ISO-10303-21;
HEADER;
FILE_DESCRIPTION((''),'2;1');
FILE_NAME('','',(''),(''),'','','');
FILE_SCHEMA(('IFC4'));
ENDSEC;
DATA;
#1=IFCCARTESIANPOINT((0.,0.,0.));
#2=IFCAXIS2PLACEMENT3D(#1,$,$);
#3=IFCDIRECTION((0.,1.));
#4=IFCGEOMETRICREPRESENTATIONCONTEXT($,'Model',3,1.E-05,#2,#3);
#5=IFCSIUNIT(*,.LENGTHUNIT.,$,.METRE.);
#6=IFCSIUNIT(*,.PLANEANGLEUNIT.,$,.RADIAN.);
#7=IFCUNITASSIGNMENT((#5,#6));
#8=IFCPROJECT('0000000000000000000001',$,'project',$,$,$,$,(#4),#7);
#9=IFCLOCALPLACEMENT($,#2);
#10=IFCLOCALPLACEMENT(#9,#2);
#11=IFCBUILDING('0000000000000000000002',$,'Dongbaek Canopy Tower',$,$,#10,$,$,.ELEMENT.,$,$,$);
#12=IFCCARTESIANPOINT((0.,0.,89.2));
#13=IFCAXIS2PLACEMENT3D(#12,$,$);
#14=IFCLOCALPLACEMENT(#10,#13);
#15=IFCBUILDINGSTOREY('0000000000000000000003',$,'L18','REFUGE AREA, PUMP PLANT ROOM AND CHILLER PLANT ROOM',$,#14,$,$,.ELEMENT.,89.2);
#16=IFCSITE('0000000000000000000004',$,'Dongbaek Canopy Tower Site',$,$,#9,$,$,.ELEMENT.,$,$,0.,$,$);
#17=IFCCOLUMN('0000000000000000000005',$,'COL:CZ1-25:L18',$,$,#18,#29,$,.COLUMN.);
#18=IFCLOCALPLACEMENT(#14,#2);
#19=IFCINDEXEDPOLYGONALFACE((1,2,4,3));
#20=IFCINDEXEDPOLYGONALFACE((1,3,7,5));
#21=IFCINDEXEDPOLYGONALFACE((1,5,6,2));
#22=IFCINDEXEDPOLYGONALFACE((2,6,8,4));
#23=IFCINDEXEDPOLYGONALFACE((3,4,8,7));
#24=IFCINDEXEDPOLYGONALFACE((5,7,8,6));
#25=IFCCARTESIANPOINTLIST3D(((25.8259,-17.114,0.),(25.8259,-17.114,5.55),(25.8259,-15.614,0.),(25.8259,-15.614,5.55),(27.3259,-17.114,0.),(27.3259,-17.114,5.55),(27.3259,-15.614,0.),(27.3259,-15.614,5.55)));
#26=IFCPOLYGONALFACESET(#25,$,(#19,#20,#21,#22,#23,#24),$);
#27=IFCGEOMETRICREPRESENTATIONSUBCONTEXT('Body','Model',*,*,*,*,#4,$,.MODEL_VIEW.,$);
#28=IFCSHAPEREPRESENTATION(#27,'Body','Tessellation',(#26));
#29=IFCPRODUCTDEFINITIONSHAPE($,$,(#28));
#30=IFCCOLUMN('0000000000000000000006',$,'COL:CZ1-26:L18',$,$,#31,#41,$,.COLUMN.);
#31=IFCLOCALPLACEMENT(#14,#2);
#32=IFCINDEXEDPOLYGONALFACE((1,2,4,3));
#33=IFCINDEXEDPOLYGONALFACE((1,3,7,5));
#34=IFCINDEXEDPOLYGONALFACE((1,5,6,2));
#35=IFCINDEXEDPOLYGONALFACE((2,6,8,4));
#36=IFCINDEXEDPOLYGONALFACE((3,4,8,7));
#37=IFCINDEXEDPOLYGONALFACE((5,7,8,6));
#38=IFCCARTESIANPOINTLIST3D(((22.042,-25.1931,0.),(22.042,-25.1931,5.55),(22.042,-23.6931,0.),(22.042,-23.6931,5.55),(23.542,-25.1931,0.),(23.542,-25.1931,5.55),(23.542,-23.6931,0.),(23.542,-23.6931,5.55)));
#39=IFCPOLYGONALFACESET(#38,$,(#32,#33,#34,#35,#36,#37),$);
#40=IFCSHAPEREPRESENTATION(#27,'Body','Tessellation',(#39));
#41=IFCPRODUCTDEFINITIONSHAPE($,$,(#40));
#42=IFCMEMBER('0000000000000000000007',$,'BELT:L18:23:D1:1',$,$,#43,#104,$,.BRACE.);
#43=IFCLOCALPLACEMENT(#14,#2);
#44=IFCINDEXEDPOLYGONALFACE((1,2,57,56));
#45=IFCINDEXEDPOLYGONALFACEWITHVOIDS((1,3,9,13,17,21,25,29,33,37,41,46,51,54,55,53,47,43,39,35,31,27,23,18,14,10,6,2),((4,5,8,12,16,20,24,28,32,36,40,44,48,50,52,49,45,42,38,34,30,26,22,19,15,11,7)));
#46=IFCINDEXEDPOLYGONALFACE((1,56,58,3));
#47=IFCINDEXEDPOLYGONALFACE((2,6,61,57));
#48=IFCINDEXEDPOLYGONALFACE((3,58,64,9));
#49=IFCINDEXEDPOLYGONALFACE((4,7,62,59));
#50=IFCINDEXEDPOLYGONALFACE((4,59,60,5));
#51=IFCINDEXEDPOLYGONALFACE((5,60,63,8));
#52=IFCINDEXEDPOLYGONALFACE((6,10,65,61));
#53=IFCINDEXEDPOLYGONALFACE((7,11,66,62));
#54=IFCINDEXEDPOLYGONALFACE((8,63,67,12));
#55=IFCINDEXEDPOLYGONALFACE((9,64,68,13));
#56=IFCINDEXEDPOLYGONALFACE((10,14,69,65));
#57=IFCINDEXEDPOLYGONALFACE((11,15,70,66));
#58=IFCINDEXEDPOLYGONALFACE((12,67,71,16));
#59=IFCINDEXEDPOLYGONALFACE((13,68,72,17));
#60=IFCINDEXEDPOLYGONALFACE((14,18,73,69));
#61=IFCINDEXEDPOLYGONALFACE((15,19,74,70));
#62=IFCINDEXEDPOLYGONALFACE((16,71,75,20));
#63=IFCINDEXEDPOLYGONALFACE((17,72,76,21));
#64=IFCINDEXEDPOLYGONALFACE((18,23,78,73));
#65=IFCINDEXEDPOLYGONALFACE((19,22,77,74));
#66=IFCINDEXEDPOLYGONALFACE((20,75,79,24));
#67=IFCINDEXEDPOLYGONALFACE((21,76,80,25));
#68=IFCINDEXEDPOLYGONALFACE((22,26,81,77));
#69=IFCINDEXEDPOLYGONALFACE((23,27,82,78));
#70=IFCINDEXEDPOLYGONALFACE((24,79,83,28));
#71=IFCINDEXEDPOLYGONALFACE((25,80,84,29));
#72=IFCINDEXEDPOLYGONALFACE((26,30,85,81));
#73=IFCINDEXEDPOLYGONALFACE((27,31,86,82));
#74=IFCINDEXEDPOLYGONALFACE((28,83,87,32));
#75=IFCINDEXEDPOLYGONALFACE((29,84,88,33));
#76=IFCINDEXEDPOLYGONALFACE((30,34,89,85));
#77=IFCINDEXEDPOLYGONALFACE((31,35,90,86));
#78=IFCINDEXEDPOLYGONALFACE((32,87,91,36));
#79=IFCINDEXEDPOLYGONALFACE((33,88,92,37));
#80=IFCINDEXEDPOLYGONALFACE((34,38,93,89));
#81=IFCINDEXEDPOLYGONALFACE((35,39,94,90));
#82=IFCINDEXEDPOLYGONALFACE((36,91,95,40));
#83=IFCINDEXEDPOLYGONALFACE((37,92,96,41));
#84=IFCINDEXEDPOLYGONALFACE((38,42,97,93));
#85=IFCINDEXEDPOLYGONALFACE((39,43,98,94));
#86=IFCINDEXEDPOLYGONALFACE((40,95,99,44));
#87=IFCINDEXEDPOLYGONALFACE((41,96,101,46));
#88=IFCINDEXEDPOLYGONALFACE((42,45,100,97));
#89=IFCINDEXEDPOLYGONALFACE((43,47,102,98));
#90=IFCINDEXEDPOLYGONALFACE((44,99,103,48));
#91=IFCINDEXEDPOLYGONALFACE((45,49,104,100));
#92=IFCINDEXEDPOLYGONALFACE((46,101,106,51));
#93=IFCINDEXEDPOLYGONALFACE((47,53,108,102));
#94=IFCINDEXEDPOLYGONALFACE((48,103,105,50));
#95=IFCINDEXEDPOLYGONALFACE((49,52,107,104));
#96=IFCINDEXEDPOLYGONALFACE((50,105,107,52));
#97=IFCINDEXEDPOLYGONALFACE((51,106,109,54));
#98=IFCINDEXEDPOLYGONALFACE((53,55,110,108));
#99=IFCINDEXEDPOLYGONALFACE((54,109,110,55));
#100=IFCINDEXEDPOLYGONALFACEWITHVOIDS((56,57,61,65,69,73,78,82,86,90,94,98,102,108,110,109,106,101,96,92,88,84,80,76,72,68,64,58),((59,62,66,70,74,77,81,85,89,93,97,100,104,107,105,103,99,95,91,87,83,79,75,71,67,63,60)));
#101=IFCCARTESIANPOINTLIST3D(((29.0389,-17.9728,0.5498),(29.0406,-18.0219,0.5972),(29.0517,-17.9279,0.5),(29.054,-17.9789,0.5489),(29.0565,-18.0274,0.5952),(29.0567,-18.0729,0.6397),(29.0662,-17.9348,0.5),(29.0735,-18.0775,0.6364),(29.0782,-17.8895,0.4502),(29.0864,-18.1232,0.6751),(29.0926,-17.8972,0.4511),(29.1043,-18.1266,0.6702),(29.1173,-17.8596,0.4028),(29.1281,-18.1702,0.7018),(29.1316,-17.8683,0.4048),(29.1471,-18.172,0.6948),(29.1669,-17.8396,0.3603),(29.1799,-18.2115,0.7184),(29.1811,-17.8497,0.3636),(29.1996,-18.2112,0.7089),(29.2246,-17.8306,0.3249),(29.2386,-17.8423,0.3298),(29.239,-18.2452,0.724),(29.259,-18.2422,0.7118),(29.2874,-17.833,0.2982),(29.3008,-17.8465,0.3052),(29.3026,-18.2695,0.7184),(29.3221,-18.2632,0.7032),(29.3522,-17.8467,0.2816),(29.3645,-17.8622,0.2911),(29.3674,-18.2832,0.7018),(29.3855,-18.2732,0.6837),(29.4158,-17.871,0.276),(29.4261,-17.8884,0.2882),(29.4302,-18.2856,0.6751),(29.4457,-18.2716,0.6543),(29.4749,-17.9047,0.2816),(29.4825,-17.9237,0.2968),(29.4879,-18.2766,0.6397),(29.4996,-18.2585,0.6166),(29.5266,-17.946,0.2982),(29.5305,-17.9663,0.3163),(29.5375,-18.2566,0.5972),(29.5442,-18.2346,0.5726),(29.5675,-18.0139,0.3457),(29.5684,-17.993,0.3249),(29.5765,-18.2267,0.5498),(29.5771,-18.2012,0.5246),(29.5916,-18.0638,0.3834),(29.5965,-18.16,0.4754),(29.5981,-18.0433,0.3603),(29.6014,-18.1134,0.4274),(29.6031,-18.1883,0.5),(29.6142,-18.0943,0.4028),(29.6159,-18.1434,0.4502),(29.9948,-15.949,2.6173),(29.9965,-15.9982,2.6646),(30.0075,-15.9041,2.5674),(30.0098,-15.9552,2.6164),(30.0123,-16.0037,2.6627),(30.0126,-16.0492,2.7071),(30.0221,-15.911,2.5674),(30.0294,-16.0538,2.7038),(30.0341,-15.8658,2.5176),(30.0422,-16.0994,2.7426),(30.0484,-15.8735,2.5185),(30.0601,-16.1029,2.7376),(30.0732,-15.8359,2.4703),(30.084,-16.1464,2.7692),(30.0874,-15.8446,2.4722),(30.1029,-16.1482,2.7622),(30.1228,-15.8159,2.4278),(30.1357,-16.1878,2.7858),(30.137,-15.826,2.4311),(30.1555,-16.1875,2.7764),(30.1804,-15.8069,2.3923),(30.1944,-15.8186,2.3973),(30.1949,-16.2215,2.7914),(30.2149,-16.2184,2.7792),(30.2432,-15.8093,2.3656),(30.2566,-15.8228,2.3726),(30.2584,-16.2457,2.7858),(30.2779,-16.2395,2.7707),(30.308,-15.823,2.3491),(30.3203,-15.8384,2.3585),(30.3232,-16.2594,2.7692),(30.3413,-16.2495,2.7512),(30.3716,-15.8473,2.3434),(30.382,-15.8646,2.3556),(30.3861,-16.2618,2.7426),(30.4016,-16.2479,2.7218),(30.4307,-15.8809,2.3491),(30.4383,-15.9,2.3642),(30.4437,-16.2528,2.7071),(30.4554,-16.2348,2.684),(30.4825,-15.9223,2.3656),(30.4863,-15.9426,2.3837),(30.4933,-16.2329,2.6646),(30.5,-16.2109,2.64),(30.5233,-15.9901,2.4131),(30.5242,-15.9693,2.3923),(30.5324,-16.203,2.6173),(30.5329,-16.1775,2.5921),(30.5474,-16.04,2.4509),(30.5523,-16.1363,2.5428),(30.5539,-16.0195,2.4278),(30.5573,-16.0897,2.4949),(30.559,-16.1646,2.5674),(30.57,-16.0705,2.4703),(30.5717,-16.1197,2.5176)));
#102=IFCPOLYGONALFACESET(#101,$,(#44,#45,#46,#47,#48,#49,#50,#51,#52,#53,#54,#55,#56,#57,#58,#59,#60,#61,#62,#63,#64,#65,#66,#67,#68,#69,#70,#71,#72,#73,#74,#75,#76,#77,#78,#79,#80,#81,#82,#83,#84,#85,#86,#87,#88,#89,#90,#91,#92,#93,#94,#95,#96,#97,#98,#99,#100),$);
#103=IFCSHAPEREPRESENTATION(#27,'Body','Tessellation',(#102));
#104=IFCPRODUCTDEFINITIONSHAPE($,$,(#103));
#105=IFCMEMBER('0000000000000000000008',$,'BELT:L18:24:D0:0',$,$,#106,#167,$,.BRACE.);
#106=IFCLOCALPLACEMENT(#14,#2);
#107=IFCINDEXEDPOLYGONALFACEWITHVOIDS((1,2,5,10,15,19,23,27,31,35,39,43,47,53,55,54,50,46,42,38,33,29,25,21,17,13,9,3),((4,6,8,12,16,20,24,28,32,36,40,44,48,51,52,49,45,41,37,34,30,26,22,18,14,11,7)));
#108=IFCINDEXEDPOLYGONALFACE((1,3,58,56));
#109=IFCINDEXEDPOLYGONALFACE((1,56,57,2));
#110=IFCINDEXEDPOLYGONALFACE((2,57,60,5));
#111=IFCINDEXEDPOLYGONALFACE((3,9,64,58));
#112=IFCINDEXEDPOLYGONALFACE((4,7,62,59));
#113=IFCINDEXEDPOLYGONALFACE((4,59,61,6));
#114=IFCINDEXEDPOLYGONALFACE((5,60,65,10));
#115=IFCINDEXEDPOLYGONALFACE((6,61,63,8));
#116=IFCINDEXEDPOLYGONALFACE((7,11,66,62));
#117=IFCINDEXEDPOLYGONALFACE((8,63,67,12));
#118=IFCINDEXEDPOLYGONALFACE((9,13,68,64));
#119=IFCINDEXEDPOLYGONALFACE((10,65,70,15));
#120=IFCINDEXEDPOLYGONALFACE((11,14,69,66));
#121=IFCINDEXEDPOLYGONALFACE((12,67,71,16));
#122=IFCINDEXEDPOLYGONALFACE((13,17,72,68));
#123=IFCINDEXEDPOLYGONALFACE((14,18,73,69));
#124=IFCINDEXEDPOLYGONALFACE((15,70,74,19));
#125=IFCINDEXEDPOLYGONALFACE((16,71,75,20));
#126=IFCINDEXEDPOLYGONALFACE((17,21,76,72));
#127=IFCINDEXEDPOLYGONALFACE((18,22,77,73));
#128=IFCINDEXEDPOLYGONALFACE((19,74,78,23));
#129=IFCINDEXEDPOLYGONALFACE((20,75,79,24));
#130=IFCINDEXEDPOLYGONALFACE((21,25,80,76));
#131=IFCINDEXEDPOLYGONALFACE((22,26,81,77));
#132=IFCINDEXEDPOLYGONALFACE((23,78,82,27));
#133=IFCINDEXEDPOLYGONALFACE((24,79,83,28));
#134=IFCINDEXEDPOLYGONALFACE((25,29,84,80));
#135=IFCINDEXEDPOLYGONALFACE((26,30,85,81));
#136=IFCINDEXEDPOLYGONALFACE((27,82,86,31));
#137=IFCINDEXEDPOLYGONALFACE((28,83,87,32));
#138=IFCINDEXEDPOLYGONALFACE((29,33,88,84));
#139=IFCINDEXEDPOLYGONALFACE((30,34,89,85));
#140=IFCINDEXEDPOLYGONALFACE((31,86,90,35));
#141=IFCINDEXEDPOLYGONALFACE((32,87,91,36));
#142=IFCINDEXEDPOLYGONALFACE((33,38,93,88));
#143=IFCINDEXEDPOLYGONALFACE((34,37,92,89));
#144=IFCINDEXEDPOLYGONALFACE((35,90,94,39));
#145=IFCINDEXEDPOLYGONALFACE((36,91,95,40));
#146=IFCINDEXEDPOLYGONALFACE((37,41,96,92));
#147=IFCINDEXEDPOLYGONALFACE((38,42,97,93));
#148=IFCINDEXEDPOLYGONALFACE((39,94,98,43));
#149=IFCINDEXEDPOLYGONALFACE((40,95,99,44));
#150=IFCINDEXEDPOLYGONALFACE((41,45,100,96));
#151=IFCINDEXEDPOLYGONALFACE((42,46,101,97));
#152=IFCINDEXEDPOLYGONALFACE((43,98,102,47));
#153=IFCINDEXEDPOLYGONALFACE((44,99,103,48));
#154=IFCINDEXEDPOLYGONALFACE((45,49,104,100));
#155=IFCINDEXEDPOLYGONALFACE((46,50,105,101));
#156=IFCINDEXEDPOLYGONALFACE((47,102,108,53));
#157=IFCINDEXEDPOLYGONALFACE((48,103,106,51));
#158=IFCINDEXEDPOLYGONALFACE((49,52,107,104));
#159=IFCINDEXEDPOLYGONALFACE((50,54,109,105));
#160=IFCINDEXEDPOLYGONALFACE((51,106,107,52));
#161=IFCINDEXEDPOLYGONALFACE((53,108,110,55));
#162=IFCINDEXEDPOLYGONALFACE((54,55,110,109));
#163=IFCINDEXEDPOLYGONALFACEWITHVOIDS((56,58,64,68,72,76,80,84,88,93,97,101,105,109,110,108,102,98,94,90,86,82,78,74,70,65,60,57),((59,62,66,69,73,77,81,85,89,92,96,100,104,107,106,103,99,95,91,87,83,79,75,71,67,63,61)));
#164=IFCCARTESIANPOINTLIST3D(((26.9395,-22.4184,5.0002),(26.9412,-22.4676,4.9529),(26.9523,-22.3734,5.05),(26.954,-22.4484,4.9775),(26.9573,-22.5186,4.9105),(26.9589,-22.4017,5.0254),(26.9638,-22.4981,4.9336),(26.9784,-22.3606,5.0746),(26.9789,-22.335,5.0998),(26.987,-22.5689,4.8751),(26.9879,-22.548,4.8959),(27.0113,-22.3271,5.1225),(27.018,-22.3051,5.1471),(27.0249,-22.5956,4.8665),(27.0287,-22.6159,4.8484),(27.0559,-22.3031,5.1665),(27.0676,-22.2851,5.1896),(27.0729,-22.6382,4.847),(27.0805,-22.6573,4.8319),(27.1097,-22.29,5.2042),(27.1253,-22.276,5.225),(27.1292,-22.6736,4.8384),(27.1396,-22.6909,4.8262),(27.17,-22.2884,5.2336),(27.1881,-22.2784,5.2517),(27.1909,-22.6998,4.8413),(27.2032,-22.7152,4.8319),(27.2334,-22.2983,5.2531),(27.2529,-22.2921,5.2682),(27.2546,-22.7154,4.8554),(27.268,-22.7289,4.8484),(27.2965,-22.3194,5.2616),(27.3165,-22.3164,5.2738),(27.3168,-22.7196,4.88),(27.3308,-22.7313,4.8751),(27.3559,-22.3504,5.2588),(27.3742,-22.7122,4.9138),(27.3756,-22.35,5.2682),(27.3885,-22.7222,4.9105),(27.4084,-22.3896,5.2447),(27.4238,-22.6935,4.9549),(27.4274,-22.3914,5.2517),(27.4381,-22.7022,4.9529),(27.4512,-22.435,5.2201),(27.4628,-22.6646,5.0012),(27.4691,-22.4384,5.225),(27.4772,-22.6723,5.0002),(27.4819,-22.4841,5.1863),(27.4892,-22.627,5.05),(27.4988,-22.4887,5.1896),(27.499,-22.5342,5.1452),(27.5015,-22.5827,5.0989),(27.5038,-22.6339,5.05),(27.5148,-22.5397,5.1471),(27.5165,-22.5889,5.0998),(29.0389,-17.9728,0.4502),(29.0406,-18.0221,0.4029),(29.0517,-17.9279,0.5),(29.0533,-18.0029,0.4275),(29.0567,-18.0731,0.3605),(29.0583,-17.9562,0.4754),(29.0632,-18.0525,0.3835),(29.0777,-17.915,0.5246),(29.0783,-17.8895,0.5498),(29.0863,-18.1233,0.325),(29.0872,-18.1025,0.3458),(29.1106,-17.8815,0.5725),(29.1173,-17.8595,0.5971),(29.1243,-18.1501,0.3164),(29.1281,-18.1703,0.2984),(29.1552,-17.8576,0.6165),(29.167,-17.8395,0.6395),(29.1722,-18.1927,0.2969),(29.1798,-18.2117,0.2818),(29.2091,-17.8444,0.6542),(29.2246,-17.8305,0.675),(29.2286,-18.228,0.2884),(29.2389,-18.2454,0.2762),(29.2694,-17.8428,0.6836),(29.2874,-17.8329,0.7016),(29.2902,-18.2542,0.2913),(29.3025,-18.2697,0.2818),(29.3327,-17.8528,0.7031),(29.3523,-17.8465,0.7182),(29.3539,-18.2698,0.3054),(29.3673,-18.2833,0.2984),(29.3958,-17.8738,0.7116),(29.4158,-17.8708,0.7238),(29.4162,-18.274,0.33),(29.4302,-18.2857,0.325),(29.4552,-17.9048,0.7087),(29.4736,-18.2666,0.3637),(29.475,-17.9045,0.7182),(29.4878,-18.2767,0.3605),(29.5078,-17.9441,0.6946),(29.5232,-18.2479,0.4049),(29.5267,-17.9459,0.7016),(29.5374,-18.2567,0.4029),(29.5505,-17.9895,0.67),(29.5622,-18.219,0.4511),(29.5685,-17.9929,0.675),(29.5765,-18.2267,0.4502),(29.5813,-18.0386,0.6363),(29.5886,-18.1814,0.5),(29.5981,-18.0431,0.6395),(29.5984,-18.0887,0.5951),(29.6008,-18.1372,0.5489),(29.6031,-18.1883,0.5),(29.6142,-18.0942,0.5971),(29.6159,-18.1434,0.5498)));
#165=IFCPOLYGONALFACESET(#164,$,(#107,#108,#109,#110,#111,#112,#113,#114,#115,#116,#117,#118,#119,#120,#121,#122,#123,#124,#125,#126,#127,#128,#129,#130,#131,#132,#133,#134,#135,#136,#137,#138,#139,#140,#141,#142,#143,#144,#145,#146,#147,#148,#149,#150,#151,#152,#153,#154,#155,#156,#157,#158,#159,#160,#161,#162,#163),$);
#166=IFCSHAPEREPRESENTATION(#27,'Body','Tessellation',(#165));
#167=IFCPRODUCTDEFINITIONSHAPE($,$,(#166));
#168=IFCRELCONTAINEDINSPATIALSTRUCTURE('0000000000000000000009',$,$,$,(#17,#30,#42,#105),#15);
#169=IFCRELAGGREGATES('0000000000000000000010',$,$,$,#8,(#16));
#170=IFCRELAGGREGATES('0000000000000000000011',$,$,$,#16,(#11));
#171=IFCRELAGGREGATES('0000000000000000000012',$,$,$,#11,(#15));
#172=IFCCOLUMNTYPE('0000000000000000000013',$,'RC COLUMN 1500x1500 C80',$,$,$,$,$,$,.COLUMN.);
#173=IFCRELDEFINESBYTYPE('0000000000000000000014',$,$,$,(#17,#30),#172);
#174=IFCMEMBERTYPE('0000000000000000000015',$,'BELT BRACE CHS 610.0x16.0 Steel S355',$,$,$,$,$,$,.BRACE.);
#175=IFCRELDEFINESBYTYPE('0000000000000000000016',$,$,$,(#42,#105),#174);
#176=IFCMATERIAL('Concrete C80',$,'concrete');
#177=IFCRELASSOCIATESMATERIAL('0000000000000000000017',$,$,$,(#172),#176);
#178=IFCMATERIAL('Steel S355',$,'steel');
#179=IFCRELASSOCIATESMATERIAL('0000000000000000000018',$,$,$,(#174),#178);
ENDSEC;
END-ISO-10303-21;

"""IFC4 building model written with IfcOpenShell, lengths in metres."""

from ifc_helpers import new_model, si_unit, direction, frame, origin, origin_2d, place, context, subcontext, project, spatial, rectangle, hollow_circle, extrude, material, material_profile, profile_set, type_object, element, save


model = new_model("IFC4")

# Units and contexts
model_context = context("Model", 3, precision=1e-05, world=origin(), true_north=direction((0.0, 1.0)))
body_context = subcontext(model_context, "Body", "Model", "MODEL_VIEW")
ifc_project = project(units=[si_unit("LENGTHUNIT", "METRE"), si_unit("PLANEANGLEUNIT", "RADIAN")], contexts=[model_context])

# Site, building, storey
site_placement = place(None, origin())
site = spatial("IfcSite", under=ifc_project, at=site_placement, Name="Dongbaek Canopy Tower Site", CompositionType="ELEMENT", RefElevation=0.0)
building_placement = place(site_placement, origin())
building = spatial("IfcBuilding", under=site, at=building_placement, Name="Dongbaek Canopy Tower", CompositionType="ELEMENT")
storey_placement = place(building_placement, frame((0.0, 0.0, 89.2)))
storey = spatial("IfcBuildingStorey", under=building, at=storey_placement, Name="L18", Description="REFUGE AREA, PUMP PLANT ROOM AND CHILLER PLANT ROOM", CompositionType="ELEMENT", Elevation=89.2)

# Columns
ifc_material_1 = material(Name="Concrete C80", Category="concrete")
ifc_material_profile_1 = material_profile(ifc_material_1, rectangle(XDim=1.5, YDim=1.5, at=origin_2d()), Name="RC COLUMN 1500x1500 C80")
ifc_profile_set_1 = profile_set([ifc_material_profile_1], Name="Concrete C80")
column_type = type_object("IfcColumnType", Name="RC COLUMN 1500x1500 C80", PredefinedType="COLUMN", material=ifc_profile_set_1)
for number, where, z_axis, x_axis, name in (
    (1, (26.5759, -16.364, 0.0), (0.0, 0.0, 1.0), (1.0, 0.0, 0.0), "COL:CZ1-25:L18"),
    (2, (22.792, -24.4431, 0.0), (0.0, 0.0, 1.0), (1.0, 0.0, 0.0), "COL:CZ1-26:L18"),
):
    element("IfcColumn", number, at=place(storey_placement, frame(where, z_axis=z_axis, x_axis=x_axis)), inside=storey, type_object=column_type, Name=name, PredefinedType="COLUMN", context=body_context, shape_type="SweptSolid", body=[
        extrude(rectangle(XDim=1.5, YDim=1.5, at=origin_2d()), origin(), (0.0, 0.0, 1.0), 5.55),
    ])

# Members
ifc_material_2 = material(Name="Steel S355", Category="steel")
ifc_material_profile_2 = material_profile(ifc_material_2, hollow_circle(Radius=0.3049, WallThickness=0.0161, at=origin_2d()), Name="BELT BRACE CHS 610.0x16.0 Steel S355")
ifc_profile_set_2 = profile_set([ifc_material_profile_2], Name="Steel S355")
member_type_1 = type_object("IfcMemberType", Name="BELT BRACE CHS 610.0x16.0 Steel S355", PredefinedType="BRACE", material=ifc_profile_set_2)
member_1_placement = place(storey_placement, frame((29.3274, -18.0581, 0.5), z_axis=(0.313711, 0.664201, 0.678544), x_axis=(-0.904217, 0.427073, 0.0)))
element("IfcMember", 3, at=member_1_placement, inside=storey, type_object=member_type_1, Name="BELT:L18:23:D1:1", PredefinedType="BRACE", context=body_context, shape_type="SweptSolid", body=[
    extrude(hollow_circle(Radius=0.3049, WallThickness=0.0161, at=origin_2d()), origin(), (0.0, 0.0, 1.0), 3.0469),
])
member_2_placement = place(storey_placement, frame((29.3274, -18.0581, 0.5), z_axis=(-0.313397, -0.66364, 0.679238), x_axis=(0.904243, -0.427019, 0.0)))
element("IfcMember", 4, at=member_2_placement, inside=storey, type_object=member_type_1, Name="BELT:L18:24:D0:0", PredefinedType="BRACE", context=body_context, shape_type="SweptSolid", body=[
    extrude(hollow_circle(Radius=0.3049, WallThickness=0.0161, at=origin_2d()), origin(), (0.0, 0.0, 1.0), 6.6987),
])

save(model, "model.ifc")
